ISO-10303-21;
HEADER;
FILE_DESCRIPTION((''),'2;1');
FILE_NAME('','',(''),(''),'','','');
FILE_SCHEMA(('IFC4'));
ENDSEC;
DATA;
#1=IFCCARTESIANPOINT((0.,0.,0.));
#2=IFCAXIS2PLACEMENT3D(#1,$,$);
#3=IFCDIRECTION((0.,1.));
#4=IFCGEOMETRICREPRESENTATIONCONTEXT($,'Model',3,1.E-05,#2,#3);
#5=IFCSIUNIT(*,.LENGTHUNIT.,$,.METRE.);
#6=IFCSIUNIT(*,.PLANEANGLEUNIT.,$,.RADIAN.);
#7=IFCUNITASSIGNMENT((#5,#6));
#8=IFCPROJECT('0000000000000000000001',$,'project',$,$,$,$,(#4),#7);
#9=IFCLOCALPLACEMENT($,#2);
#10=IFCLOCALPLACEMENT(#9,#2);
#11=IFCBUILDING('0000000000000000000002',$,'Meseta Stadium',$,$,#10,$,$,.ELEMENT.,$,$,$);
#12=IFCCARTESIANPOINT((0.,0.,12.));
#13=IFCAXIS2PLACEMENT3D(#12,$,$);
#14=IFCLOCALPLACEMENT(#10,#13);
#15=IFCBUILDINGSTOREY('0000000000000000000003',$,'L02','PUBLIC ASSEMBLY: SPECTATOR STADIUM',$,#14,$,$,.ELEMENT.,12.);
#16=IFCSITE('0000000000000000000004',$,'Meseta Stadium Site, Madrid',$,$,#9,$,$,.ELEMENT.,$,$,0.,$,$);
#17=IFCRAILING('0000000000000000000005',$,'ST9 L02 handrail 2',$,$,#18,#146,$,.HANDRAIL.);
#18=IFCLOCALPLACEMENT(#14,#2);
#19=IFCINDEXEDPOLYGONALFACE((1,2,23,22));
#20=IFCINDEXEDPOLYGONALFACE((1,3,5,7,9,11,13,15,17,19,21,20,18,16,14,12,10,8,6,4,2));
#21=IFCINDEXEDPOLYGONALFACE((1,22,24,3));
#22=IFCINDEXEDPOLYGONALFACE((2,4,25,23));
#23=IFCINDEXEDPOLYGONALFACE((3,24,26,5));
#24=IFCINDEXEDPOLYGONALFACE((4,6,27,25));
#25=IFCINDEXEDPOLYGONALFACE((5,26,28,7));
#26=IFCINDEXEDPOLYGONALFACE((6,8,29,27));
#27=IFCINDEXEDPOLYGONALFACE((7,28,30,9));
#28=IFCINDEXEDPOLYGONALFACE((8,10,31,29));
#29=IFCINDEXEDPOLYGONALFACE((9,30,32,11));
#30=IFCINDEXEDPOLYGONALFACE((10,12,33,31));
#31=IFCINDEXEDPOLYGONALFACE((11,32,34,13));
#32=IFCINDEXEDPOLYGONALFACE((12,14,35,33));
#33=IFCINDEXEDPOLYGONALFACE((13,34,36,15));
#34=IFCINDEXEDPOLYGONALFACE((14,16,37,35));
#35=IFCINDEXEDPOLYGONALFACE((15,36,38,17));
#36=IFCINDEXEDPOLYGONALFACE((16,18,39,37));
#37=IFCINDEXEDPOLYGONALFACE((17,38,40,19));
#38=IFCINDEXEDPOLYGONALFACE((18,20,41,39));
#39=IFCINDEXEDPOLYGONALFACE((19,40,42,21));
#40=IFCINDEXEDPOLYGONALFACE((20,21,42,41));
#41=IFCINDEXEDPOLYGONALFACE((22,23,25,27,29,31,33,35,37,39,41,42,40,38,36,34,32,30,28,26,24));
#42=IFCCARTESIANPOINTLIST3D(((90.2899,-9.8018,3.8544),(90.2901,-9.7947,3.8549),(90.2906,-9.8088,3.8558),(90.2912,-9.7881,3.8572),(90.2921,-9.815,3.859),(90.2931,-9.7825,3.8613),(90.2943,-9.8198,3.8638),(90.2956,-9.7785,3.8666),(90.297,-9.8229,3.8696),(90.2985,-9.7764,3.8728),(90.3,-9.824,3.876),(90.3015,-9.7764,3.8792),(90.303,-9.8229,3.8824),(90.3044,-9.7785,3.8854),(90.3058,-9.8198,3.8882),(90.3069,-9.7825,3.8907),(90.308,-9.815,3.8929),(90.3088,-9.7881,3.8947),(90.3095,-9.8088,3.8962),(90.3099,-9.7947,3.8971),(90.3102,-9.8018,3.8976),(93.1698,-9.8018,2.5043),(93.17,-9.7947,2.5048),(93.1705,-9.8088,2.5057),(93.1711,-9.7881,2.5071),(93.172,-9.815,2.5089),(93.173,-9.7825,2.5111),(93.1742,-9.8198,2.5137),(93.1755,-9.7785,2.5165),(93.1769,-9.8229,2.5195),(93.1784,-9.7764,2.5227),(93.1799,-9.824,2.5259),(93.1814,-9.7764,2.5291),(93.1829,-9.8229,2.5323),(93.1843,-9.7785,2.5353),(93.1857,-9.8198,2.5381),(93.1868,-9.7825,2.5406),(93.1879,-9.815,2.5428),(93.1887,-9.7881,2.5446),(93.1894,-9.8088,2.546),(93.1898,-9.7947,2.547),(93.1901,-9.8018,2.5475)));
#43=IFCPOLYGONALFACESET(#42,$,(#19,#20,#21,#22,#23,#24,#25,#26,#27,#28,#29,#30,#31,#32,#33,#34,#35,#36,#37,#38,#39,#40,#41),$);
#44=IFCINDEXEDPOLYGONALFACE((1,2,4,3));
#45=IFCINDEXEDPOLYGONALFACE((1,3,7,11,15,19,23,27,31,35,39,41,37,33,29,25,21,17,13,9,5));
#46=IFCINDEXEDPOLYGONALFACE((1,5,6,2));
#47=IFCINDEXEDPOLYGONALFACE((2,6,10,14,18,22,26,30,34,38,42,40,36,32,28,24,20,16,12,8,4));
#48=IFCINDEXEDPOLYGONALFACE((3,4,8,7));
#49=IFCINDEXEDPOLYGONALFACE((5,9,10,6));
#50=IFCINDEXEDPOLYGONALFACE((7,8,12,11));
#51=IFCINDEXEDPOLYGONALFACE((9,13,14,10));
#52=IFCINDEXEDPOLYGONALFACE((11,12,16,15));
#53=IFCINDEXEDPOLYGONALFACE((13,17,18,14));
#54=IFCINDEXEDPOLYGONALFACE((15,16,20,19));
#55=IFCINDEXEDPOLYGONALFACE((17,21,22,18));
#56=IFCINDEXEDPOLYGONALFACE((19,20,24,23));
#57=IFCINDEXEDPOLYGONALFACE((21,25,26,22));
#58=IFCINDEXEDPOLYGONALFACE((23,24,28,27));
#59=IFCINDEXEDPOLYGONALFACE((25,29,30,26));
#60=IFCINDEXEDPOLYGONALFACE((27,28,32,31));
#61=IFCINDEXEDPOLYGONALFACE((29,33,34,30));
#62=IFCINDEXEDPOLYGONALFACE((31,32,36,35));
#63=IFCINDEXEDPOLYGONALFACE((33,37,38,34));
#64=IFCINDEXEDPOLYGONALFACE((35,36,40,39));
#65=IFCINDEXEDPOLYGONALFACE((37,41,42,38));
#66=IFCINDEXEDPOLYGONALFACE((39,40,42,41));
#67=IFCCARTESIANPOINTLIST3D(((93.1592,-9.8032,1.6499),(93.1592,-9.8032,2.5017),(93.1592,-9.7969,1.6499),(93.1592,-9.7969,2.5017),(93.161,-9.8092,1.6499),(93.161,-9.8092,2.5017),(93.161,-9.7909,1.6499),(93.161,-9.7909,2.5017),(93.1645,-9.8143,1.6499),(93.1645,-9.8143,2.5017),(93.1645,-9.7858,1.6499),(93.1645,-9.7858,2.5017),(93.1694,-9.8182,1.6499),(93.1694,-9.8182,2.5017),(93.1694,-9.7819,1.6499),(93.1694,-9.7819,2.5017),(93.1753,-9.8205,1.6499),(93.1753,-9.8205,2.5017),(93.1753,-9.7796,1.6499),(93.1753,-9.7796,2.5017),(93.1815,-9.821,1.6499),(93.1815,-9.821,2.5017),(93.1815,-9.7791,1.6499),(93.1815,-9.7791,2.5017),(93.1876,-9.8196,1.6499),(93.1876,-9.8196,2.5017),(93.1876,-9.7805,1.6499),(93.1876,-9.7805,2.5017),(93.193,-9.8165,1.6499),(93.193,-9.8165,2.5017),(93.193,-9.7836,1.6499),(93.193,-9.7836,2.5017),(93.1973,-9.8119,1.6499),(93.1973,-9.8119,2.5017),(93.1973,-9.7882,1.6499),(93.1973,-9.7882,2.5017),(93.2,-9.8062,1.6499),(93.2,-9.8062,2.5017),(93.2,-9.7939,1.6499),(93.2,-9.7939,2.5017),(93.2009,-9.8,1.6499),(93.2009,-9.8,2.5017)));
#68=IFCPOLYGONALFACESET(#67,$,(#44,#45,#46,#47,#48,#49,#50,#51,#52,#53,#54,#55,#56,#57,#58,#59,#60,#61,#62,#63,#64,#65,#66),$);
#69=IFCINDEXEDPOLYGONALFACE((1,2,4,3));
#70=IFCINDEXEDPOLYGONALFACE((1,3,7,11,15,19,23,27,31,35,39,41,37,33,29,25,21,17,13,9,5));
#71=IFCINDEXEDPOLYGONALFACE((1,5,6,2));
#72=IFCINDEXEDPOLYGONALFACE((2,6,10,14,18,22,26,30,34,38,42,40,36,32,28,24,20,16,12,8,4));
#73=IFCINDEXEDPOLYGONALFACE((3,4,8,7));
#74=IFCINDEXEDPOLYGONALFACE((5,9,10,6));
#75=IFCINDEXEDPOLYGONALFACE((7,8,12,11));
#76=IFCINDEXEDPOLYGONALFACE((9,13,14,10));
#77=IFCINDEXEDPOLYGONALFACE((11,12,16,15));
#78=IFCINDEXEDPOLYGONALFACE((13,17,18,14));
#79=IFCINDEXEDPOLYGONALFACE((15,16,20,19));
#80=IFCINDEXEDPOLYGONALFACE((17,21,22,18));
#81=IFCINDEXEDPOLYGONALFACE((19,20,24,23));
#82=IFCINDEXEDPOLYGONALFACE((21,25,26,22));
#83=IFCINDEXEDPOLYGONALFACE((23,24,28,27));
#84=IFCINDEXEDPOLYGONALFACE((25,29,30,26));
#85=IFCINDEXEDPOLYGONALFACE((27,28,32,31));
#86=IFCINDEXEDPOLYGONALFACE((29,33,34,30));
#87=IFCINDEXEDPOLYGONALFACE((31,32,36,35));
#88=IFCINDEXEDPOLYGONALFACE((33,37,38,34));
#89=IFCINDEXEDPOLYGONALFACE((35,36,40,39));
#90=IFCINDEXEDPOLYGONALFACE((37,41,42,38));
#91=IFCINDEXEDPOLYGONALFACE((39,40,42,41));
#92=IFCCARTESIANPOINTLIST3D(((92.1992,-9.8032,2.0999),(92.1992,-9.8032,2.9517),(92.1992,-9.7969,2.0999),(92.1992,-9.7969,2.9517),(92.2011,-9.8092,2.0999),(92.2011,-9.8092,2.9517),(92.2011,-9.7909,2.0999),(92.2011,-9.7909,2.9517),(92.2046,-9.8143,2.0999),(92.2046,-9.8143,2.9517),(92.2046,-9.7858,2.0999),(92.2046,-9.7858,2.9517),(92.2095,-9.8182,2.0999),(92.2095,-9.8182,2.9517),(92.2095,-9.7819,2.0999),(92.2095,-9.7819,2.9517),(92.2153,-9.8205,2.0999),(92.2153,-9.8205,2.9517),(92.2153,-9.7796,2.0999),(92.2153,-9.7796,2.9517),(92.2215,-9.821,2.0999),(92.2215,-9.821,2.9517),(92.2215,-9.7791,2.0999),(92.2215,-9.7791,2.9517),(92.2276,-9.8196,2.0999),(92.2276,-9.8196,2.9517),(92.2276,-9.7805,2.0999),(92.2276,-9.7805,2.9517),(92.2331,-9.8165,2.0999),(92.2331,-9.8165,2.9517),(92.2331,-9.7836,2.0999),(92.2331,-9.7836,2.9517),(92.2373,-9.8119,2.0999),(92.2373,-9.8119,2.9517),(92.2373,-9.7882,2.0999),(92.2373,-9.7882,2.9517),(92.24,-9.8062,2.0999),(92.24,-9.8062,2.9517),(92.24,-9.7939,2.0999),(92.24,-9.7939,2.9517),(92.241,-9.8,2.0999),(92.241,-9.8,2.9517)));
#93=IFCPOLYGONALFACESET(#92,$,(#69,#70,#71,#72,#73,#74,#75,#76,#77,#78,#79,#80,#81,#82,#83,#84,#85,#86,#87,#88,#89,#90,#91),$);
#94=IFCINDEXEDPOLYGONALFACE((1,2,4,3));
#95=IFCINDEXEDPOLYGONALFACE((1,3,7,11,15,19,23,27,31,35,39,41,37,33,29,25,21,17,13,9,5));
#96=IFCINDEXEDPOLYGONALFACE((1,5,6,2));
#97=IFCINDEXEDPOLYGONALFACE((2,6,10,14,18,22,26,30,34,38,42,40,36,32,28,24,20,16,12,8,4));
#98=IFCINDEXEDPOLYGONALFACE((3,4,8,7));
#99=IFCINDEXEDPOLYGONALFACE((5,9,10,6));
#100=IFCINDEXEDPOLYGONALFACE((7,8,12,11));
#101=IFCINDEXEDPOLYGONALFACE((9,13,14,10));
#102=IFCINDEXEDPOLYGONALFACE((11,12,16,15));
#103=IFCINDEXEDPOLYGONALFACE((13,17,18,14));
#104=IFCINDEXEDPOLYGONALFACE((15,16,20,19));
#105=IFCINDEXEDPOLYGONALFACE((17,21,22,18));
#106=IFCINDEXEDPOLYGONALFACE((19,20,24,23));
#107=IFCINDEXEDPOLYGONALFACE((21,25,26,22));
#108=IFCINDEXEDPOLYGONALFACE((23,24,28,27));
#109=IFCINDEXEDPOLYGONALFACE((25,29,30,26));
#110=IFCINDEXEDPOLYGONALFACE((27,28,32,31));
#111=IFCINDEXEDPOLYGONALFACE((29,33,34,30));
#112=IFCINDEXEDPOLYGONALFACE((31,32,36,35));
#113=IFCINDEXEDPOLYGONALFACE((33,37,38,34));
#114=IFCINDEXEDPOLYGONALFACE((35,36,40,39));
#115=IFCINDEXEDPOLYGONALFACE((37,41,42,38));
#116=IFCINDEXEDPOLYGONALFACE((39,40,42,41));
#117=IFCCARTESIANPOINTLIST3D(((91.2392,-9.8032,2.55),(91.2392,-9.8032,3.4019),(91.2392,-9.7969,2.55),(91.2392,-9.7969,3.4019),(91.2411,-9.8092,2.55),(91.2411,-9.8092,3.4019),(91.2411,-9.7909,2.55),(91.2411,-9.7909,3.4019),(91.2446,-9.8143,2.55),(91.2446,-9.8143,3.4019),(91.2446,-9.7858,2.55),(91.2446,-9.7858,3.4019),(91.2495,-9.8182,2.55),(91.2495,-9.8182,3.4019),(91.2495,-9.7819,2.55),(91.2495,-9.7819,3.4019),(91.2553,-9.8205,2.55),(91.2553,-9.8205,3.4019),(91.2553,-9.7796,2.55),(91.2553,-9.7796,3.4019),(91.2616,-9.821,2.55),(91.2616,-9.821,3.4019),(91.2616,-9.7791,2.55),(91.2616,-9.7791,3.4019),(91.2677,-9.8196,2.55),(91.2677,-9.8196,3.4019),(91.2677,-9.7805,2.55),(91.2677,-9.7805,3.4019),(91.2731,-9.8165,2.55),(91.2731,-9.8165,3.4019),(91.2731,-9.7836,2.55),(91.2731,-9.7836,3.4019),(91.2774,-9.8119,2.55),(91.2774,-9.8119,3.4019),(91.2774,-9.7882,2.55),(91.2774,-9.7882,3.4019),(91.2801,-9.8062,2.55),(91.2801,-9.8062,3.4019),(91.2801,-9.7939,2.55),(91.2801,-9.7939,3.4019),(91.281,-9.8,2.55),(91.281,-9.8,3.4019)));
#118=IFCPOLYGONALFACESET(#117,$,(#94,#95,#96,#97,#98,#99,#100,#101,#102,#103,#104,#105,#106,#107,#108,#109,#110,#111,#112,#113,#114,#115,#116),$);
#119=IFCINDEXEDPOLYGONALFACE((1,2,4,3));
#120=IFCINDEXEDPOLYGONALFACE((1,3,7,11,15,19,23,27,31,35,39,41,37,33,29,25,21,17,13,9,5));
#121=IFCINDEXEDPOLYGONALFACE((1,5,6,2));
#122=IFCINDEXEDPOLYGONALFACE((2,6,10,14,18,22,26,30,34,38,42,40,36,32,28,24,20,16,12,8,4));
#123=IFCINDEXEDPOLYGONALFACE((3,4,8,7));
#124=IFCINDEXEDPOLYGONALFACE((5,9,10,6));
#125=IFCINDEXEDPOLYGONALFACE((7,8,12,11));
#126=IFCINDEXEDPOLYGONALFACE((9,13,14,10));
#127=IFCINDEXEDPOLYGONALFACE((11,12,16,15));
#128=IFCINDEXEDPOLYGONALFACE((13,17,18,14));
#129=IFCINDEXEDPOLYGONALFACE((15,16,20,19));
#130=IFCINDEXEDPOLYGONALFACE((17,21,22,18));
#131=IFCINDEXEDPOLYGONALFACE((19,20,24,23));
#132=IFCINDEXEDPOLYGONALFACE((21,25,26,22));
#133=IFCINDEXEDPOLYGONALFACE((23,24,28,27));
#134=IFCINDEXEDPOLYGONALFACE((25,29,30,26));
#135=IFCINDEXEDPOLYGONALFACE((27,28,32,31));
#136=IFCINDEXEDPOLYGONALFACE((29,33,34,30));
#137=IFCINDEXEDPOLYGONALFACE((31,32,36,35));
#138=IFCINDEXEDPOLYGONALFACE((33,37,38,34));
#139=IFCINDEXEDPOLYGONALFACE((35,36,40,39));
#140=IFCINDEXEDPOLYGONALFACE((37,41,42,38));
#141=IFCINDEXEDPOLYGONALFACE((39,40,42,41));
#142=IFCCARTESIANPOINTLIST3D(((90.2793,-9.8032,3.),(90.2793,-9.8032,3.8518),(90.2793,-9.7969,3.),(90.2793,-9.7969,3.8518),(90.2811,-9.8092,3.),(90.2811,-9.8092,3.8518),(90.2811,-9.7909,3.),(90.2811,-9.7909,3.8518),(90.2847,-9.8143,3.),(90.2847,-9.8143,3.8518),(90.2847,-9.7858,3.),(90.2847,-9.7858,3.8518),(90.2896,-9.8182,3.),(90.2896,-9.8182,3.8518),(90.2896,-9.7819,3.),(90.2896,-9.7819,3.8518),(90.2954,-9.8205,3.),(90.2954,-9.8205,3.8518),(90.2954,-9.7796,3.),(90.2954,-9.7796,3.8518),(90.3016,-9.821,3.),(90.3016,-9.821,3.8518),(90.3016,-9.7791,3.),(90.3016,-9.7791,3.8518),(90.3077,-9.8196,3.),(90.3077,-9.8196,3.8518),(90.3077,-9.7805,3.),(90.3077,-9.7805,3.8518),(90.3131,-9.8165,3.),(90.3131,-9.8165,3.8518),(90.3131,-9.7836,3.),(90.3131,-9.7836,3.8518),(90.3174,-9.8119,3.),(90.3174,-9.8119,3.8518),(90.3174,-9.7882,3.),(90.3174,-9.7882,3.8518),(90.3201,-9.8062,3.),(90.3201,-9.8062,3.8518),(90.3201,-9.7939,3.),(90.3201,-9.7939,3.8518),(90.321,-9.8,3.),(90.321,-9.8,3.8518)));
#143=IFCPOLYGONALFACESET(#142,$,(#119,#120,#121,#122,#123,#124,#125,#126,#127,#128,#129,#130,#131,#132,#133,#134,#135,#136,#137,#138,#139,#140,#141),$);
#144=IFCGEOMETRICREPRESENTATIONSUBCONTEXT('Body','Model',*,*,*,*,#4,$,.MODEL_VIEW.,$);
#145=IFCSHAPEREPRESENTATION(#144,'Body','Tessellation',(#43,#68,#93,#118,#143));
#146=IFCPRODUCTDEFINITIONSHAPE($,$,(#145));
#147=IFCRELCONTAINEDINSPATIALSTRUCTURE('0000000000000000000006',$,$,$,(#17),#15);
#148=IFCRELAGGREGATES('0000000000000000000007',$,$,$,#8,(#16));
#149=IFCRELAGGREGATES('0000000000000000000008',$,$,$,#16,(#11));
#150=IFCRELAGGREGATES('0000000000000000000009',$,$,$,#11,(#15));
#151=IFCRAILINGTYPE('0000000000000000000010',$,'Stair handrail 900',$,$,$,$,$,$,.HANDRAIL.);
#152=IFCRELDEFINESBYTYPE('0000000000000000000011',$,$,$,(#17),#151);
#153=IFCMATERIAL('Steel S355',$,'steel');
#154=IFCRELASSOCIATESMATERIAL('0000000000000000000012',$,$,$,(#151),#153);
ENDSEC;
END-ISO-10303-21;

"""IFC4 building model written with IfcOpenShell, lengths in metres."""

from ifc_helpers import new_model, si_unit, direction, frame, origin, origin_2d, place, context, subcontext, project, spatial, circle, extrude, material, type_object, element, save


model = new_model("IFC4")

# Units and contexts
model_context = context("Model", 3, precision=1e-05, world=origin(), true_north=direction((0.0, 1.0)))
body_context = subcontext(model_context, "Body", "Model", "MODEL_VIEW")
ifc_project = project(units=[si_unit("LENGTHUNIT", "METRE"), si_unit("PLANEANGLEUNIT", "RADIAN")], contexts=[model_context])

# Site, building, storey
site_placement = place(None, origin())
site = spatial("IfcSite", under=ifc_project, at=site_placement, Name="Meseta Stadium Site, Madrid", CompositionType="ELEMENT", RefElevation=0.0)
building_placement = place(site_placement, origin())
building = spatial("IfcBuilding", under=site, at=building_placement, Name="Meseta Stadium", CompositionType="ELEMENT")
storey_placement = place(building_placement, frame((0.0, 0.0, 12.0)))
storey = spatial("IfcBuildingStorey", under=building, at=storey_placement, Name="L02", Description="PUBLIC ASSEMBLY: SPECTATOR STADIUM", CompositionType="ELEMENT", Elevation=12.0)

# Railing
ifc_material_1 = material(Name="Steel S355", Category="steel")
railing_type_1 = type_object("IfcRailingType", Name="Stair handrail 900", PredefinedType="HANDRAIL", material=ifc_material_1)
railing_1_placement = place(storey_placement, frame((93.1799, -9.8, 1.6499)))
element("IfcRailing", 1, at=railing_1_placement, inside=storey, type_object=railing_type_1, Name="ST9 L02 handrail 2", PredefinedType="HANDRAIL", context=body_context, shape_type="SweptSolid", body=[
    extrude(circle(Radius=0.0239, at=origin_2d()), frame((0.0, 0.0, 0.876), z_axis=(-0.90544, 0.0, 0.424473), x_axis=(0.0, -1.0, 0.0)), (0.0, 0.0, 1.0), 3.1807),
    extrude(circle(Radius=0.021, at=origin_2d()), origin(), (0.0, 0.0, 1.0), 0.8518),
    extrude(circle(Radius=0.021, at=origin_2d()), frame((-0.96, 0.0, 0.45)), (0.0, 0.0, 1.0), 0.8518),
    extrude(circle(Radius=0.021, at=origin_2d()), frame((-1.9199, 0.0, 0.9001)), (0.0, 0.0, 1.0), 0.8518),
    extrude(circle(Radius=0.021, at=origin_2d()), frame((-2.8799, 0.0, 1.3501)), (0.0, 0.0, 1.0), 0.8518),
])

save(model, "model.ifc")
